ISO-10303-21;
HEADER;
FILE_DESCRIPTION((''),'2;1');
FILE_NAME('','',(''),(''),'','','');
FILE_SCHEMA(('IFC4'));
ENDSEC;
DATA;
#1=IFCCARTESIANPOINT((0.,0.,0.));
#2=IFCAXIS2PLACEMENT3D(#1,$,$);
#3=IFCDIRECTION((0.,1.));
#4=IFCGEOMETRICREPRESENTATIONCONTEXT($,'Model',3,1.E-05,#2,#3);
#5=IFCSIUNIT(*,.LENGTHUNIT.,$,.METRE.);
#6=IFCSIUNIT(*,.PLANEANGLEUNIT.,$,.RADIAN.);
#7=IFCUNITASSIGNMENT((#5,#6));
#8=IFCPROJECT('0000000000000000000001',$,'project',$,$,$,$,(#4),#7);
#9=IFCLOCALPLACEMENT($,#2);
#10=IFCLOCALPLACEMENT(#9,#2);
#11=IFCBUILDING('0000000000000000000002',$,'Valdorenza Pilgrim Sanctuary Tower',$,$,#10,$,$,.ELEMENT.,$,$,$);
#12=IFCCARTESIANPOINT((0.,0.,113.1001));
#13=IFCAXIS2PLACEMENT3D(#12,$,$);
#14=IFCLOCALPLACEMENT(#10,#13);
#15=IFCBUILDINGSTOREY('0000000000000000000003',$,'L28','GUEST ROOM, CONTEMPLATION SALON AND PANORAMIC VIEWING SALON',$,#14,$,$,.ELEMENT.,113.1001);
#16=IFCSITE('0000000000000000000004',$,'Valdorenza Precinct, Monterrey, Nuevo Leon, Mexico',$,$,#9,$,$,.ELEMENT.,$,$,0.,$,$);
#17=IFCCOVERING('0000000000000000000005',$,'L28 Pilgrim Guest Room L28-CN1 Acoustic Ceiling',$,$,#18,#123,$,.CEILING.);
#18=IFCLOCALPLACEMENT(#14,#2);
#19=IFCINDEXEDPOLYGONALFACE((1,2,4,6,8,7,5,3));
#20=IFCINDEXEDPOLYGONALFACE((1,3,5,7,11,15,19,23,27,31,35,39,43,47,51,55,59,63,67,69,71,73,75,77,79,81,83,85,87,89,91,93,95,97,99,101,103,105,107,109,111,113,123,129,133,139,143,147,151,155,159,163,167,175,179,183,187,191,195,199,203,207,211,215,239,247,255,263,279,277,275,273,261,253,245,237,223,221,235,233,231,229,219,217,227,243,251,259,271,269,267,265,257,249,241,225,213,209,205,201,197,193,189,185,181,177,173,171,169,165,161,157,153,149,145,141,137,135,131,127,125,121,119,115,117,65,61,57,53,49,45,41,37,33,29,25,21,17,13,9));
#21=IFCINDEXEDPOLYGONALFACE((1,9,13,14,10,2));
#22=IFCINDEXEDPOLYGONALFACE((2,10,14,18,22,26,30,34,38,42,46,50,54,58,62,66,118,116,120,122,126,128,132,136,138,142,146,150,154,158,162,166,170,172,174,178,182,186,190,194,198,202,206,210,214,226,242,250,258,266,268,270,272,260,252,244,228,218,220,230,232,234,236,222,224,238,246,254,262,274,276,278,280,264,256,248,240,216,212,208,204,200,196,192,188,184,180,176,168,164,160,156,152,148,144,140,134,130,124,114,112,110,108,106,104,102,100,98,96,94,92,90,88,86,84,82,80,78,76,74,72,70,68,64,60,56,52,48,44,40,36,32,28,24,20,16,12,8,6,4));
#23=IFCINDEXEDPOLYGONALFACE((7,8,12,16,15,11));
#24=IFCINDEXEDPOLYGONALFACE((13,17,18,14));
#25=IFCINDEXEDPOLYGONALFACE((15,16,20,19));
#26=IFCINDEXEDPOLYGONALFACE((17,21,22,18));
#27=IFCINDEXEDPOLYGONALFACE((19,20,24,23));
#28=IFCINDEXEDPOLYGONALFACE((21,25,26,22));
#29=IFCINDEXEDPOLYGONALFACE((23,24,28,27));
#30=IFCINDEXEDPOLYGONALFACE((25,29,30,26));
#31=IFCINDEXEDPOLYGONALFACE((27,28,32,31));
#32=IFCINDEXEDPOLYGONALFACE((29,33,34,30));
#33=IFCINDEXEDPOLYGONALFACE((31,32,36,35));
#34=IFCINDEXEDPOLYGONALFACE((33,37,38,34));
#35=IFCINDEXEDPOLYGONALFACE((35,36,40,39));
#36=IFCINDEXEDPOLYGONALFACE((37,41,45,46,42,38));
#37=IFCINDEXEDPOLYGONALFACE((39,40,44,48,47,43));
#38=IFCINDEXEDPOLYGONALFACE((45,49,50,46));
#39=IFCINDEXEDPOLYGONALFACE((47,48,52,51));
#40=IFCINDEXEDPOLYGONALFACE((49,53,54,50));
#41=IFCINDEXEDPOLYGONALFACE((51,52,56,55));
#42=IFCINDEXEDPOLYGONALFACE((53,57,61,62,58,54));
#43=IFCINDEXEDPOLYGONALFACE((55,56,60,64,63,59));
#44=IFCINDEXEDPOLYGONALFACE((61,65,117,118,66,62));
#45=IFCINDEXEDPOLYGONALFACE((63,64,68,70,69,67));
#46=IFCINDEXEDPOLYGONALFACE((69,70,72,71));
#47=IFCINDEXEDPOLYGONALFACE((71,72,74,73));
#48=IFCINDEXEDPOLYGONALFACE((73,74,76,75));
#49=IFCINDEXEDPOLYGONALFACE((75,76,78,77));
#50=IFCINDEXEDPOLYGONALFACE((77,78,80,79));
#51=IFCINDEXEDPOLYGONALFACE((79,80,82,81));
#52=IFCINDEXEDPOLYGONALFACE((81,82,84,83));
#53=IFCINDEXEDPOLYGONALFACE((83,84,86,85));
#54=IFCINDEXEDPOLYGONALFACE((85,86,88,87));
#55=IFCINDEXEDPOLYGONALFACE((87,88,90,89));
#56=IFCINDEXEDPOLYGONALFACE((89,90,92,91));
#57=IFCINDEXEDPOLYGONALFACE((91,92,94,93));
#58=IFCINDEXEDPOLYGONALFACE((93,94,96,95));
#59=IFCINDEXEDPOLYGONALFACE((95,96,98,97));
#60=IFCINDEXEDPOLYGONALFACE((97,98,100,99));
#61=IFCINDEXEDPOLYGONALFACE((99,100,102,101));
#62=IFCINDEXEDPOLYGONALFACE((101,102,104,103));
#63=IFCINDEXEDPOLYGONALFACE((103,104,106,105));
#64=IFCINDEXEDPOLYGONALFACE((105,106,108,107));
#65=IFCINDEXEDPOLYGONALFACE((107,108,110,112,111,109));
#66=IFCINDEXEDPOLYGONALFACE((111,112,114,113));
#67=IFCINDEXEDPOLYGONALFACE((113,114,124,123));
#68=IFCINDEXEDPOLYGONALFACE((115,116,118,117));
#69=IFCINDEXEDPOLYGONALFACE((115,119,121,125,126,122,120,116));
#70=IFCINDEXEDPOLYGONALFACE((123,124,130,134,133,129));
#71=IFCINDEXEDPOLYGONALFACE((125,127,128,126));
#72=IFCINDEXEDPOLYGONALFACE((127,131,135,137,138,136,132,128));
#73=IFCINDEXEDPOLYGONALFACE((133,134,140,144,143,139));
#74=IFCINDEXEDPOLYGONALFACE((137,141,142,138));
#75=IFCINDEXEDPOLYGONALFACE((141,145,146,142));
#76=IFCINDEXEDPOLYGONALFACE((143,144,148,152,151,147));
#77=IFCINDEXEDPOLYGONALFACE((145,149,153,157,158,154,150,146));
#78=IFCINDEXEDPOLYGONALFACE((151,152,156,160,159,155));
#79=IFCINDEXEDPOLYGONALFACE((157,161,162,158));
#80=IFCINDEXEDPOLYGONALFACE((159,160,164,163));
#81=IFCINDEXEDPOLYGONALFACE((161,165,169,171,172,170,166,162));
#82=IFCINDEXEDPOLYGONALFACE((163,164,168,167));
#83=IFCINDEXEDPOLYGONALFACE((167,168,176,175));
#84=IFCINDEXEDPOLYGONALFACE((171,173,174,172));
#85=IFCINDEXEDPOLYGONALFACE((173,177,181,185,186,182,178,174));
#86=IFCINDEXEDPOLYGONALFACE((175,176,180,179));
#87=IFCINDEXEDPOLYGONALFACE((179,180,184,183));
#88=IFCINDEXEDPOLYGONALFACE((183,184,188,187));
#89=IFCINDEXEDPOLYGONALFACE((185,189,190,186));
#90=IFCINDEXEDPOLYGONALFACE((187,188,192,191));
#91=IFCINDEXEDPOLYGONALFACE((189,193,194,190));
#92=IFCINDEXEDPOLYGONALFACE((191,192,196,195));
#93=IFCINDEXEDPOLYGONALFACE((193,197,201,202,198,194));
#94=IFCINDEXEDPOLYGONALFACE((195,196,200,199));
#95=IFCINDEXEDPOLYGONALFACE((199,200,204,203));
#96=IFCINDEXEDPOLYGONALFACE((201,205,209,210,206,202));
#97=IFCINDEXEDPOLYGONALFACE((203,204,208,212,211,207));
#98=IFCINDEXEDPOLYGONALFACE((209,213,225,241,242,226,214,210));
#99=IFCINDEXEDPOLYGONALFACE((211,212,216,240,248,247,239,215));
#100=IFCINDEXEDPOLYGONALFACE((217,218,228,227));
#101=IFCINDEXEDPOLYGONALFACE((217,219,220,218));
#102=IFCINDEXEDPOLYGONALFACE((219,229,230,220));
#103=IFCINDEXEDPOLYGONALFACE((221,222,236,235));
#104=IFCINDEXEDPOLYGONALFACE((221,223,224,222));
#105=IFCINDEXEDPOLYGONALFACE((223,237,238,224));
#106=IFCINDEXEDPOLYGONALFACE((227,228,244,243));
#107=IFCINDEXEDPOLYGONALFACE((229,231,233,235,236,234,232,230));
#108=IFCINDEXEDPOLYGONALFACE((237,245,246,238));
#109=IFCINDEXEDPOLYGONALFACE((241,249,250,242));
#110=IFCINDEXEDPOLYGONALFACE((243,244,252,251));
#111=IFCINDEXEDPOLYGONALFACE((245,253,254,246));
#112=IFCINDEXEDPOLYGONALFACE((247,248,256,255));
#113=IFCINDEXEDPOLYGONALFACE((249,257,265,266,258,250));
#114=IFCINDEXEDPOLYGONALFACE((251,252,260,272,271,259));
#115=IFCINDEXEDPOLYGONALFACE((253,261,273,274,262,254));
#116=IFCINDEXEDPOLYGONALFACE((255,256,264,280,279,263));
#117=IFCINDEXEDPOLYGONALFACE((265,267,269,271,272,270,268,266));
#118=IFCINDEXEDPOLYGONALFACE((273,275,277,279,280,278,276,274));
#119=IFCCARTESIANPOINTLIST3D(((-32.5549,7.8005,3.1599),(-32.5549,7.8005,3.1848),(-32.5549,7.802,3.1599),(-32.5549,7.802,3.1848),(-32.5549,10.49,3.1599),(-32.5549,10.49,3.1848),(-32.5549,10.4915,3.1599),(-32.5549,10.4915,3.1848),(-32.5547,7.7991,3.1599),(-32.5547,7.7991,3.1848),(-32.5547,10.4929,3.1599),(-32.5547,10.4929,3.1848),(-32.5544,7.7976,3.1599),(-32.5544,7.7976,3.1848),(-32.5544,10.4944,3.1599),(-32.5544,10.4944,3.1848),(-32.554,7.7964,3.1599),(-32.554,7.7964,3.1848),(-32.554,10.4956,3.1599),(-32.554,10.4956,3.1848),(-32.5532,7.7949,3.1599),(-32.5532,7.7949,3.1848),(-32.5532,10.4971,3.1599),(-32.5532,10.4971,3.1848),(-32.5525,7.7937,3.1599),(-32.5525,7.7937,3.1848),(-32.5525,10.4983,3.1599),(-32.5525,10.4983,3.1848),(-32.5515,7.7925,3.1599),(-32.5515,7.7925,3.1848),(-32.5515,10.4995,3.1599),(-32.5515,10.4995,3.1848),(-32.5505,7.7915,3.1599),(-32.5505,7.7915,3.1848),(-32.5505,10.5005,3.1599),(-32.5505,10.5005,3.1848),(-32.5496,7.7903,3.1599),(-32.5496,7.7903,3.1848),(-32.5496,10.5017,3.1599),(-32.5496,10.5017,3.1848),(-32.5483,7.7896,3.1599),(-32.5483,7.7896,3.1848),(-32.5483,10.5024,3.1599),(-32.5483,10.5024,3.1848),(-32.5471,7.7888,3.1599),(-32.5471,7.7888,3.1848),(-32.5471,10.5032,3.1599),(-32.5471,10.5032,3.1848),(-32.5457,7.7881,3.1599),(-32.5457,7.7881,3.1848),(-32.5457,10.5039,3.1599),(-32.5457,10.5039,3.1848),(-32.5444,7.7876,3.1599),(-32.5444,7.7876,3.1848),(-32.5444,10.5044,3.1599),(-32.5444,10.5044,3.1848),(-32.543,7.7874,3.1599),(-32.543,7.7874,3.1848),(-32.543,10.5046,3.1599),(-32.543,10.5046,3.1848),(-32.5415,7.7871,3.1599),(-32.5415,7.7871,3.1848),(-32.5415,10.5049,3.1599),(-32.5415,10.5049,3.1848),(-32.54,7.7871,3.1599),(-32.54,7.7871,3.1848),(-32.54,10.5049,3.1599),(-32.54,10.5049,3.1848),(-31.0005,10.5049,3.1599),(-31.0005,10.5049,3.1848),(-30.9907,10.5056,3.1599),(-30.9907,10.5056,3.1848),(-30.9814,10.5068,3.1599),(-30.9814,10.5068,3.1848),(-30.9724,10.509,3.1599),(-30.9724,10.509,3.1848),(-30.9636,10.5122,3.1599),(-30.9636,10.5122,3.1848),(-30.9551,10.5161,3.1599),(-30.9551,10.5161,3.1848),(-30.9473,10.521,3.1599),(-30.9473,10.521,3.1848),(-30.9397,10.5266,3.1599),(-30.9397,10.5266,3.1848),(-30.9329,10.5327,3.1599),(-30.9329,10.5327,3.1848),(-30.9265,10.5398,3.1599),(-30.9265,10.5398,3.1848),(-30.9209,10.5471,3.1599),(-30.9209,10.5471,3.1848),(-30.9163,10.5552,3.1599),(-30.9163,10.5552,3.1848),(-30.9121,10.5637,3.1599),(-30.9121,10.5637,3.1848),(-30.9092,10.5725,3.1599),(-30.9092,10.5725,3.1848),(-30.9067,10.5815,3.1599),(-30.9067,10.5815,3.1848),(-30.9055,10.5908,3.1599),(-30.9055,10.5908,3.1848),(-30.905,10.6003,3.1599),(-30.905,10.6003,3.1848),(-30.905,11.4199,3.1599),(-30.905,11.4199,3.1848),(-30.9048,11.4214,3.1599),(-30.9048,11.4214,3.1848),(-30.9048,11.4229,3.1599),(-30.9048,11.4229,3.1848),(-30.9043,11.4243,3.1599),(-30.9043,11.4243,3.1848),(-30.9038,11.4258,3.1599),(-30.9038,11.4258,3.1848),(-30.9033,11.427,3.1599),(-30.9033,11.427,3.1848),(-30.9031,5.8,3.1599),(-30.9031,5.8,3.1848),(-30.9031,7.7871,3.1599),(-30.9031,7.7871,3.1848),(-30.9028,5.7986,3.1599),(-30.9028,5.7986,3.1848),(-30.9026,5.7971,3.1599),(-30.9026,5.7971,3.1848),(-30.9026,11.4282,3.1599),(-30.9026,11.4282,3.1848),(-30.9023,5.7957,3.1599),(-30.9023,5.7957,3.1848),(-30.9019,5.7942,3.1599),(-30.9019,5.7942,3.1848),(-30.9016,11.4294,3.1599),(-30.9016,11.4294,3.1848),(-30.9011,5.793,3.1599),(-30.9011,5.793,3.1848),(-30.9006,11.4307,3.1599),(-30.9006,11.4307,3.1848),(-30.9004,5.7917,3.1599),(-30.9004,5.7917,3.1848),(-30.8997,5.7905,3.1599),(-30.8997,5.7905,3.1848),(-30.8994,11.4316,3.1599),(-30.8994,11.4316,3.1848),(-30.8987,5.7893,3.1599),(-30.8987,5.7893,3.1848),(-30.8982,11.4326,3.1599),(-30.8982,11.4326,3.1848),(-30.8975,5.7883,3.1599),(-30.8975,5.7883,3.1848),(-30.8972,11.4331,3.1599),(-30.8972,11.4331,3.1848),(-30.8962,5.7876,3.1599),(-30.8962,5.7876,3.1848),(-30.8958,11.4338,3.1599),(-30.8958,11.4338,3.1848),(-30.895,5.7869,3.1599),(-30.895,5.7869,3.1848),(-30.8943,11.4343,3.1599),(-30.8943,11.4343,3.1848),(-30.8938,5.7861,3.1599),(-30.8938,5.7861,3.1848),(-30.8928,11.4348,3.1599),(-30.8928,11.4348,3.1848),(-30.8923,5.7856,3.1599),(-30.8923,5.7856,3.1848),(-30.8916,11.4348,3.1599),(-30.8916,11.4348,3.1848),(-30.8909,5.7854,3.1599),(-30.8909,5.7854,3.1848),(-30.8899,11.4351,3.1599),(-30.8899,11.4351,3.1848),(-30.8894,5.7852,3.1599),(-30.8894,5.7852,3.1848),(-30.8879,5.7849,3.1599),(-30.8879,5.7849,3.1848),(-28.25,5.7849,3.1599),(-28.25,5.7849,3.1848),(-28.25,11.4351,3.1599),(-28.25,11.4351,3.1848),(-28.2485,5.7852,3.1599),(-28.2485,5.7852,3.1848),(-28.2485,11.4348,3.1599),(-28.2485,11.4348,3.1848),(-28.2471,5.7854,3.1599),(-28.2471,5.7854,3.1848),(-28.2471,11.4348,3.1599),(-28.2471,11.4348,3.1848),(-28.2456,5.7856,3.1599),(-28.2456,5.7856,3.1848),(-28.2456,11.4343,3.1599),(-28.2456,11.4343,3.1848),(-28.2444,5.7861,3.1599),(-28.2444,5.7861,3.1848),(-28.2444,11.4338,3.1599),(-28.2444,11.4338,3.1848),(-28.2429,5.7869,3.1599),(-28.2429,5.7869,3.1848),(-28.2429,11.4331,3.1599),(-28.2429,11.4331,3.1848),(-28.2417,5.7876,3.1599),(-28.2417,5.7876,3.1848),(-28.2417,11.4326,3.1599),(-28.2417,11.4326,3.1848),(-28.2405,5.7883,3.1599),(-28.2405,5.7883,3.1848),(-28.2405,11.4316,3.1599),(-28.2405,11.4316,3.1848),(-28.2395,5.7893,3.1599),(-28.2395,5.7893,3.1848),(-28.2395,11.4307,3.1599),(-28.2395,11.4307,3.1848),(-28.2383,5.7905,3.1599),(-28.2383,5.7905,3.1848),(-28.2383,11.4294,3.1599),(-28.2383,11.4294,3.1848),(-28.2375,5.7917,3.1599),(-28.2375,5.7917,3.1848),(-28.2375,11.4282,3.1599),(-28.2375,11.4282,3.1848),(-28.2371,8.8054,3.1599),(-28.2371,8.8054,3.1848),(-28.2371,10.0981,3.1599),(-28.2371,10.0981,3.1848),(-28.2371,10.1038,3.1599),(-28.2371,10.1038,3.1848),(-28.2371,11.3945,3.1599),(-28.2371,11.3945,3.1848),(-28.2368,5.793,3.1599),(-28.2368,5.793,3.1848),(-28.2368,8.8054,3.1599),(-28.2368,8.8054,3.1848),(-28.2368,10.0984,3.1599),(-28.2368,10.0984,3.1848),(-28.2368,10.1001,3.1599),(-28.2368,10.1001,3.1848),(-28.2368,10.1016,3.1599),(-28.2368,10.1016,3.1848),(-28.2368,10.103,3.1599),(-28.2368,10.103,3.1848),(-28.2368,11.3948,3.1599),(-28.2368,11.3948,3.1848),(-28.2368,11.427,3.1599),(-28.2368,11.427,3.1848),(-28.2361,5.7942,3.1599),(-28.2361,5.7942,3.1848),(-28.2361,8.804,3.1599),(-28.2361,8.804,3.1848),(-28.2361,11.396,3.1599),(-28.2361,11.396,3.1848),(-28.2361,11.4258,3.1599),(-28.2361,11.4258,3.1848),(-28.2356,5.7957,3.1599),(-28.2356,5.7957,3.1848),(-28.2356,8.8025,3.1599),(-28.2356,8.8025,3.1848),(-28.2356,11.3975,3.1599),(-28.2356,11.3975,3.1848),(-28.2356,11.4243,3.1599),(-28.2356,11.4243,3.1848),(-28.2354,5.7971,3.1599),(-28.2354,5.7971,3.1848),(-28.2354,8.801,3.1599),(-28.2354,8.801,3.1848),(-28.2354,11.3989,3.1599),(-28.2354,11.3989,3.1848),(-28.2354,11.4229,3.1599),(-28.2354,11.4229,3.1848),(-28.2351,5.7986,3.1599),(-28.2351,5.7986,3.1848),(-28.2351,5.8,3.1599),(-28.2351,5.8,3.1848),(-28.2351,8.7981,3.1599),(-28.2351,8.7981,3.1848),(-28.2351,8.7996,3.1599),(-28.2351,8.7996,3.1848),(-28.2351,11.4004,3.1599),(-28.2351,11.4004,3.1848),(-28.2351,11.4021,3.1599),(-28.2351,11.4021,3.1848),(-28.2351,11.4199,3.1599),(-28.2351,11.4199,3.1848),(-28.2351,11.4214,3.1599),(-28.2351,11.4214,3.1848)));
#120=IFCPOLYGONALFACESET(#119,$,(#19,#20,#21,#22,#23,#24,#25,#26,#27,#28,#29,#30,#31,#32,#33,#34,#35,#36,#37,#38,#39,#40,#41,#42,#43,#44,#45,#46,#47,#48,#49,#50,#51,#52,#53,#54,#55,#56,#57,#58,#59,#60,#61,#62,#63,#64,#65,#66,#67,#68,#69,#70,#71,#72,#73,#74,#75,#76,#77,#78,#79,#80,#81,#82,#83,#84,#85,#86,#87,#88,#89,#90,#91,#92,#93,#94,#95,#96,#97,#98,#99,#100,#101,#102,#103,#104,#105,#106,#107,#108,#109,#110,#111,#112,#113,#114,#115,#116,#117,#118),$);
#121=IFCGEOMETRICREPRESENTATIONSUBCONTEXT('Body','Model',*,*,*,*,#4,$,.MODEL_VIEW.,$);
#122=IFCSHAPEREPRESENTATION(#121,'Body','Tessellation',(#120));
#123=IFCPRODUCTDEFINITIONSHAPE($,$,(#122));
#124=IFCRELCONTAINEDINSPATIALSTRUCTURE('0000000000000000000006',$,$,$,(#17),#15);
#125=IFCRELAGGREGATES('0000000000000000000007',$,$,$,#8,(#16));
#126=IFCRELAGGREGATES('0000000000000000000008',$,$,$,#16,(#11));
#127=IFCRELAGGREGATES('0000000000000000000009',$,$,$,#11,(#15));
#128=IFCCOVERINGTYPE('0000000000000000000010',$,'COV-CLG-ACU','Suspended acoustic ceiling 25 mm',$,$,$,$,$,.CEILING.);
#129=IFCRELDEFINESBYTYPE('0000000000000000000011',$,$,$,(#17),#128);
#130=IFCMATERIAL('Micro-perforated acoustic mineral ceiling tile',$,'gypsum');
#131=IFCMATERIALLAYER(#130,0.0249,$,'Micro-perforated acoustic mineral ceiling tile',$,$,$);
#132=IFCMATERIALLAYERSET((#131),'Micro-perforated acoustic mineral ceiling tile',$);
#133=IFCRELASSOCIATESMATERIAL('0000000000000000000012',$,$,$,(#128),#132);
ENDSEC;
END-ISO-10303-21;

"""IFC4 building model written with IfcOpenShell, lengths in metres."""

from ifc_helpers import new_model, si_unit, direction, frame, origin, place, context, subcontext, project, spatial, polyline, outline, extrude, material, layer, layer_set, type_object, element, save


model = new_model("IFC4")

# Units and contexts
model_context = context("Model", 3, precision=1e-05, world=origin(), true_north=direction((0.0, 1.0)))
body_context = subcontext(model_context, "Body", "Model", "MODEL_VIEW")
ifc_project = project(units=[si_unit("LENGTHUNIT", "METRE"), si_unit("PLANEANGLEUNIT", "RADIAN")], contexts=[model_context])

# Site, building, storey
site_placement = place(None, origin())
site = spatial("IfcSite", under=ifc_project, at=site_placement, Name="Valdorenza Precinct, Monterrey, Nuevo Leon, Mexico", CompositionType="ELEMENT", RefElevation=0.0)
building_placement = place(site_placement, origin())
building = spatial("IfcBuilding", under=site, at=building_placement, Name="Valdorenza Pilgrim Sanctuary Tower", CompositionType="ELEMENT")
storey_placement = place(building_placement, frame((0.0, 0.0, 113.1001)))
storey = spatial("IfcBuildingStorey", under=building, at=storey_placement, Name="L28", Description="GUEST ROOM, CONTEMPLATION SALON AND PANORAMIC VIEWING SALON", CompositionType="ELEMENT", Elevation=113.1001)

# Covering
ifc_material_1 = material(Name="Micro-perforated acoustic mineral ceiling tile", Category="gypsum")
ifc_layer_1 = layer(ifc_material_1, 0.0249, Name="Micro-perforated acoustic mineral ceiling tile")
ifc_layer_set_1 = layer_set([ifc_layer_1], Name="Micro-perforated acoustic mineral ceiling tile")
covering_type_1 = type_object("IfcCoveringType", Name="COV-CLG-ACU", Description="Suspended acoustic ceiling 25 mm", PredefinedType="CEILING", material=ifc_layer_set_1)
covering_1_placement = place(storey_placement, frame((0.0, 0.0, 3.1599)))
element("IfcCovering", 1, at=covering_1_placement, inside=storey, type_object=covering_type_1, Name="L28 Pilgrim Guest Room L28-CN1 Acoustic Ceiling", PredefinedType="CEILING", context=body_context, shape_type="SweptSolid", body=[
    extrude(outline(polyline([(-30.9031, 7.7871), (-32.54, 7.7871), (-32.5415, 7.7871), (-32.543, 7.7874), (-32.5444, 7.7876), (-32.5457, 7.7881), (-32.5471, 7.7888), (-32.5483, 7.7896), (-32.5496, 7.7903), (-32.5505, 7.7915), (-32.5515, 7.7925), (-32.5525, 7.7937), (-32.5532, 7.7949), (-32.554, 7.7964), (-32.5544, 7.7976), (-32.5547, 7.7991), (-32.5549, 7.8005), (-32.5549, 7.802), (-32.5549, 10.49), (-32.5549, 10.4915), (-32.5547, 10.4929), (-32.5544, 10.4944), (-32.554, 10.4956), (-32.5532, 10.4971), (-32.5525, 10.4983), (-32.5515, 10.4995), (-32.5505, 10.5005), (-32.5496, 10.5017), (-32.5483, 10.5024), (-32.5471, 10.5032), (-32.5457, 10.5039), (-32.5444, 10.5044), (-32.543, 10.5046), (-32.5415, 10.5049), (-32.54, 10.5049), (-31.0005, 10.5049), (-30.9907, 10.5056), (-30.9814, 10.5068), (-30.9724, 10.509), (-30.9636, 10.5122), (-30.9551, 10.5161), (-30.9473, 10.521), (-30.9397, 10.5266), (-30.9329, 10.5327), (-30.9265, 10.5398), (-30.9209, 10.5471), (-30.9163, 10.5552), (-30.9121, 10.5637), (-30.9092, 10.5725), (-30.9067, 10.5815), (-30.9055, 10.5908), (-30.905, 10.6003), (-30.905, 11.4199), (-30.9048, 11.4214), (-30.9048, 11.4229), (-30.9043, 11.4243), (-30.9038, 11.4258), (-30.9033, 11.427), (-30.9026, 11.4282), (-30.9016, 11.4294), (-30.9006, 11.4307), (-30.8994, 11.4316), (-30.8982, 11.4326), (-30.8972, 11.4331), (-30.8958, 11.4338), (-30.8943, 11.4343), (-30.8928, 11.4348), (-30.8916, 11.4348), (-30.8899, 11.4351), (-28.25, 11.4351), (-28.2485, 11.4348), (-28.2471, 11.4348), (-28.2456, 11.4343), (-28.2444, 11.4338), (-28.2429, 11.4331), (-28.2417, 11.4326), (-28.2405, 11.4316), (-28.2395, 11.4307), (-28.2383, 11.4294), (-28.2375, 11.4282), (-28.2368, 11.427), (-28.2361, 11.4258), (-28.2356, 11.4243), (-28.2354, 11.4229), (-28.2351, 11.4214), (-28.2351, 11.4199), (-28.2351, 11.4021), (-28.2351, 11.4004), (-28.2354, 11.3989), (-28.2356, 11.3975), (-28.2361, 11.396), (-28.2368, 11.3948), (-28.2371, 11.3945), (-28.2371, 10.1038), (-28.2368, 10.103), (-28.2368, 10.1016), (-28.2368, 10.1001), (-28.2368, 10.0984), (-28.2371, 10.0981), (-28.2371, 8.8054), (-28.2368, 8.8054), (-28.2361, 8.804), (-28.2356, 8.8025), (-28.2354, 8.801), (-28.2351, 8.7996), (-28.2351, 8.7981), (-28.2351, 5.8), (-28.2351, 5.7986), (-28.2354, 5.7971), (-28.2356, 5.7957), (-28.2361, 5.7942), (-28.2368, 5.793), (-28.2375, 5.7917), (-28.2383, 5.7905), (-28.2395, 5.7893), (-28.2405, 5.7883), (-28.2417, 5.7876), (-28.2429, 5.7869), (-28.2444, 5.7861), (-28.2456, 5.7856), (-28.2471, 5.7854), (-28.2485, 5.7852), (-28.25, 5.7849), (-30.8879, 5.7849), (-30.8894, 5.7852), (-30.8909, 5.7854), (-30.8923, 5.7856), (-30.8938, 5.7861), (-30.895, 5.7869), (-30.8962, 5.7876), (-30.8975, 5.7883), (-30.8987, 5.7893), (-30.8997, 5.7905), (-30.9004, 5.7917), (-30.9011, 5.793), (-30.9019, 5.7942), (-30.9023, 5.7957), (-30.9026, 5.7971), (-30.9028, 5.7986), (-30.9031, 5.8), (-30.9031, 7.7871)])), origin(), (0.0, 0.0, 1.0), 0.0249),
])

save(model, "model.ifc")
